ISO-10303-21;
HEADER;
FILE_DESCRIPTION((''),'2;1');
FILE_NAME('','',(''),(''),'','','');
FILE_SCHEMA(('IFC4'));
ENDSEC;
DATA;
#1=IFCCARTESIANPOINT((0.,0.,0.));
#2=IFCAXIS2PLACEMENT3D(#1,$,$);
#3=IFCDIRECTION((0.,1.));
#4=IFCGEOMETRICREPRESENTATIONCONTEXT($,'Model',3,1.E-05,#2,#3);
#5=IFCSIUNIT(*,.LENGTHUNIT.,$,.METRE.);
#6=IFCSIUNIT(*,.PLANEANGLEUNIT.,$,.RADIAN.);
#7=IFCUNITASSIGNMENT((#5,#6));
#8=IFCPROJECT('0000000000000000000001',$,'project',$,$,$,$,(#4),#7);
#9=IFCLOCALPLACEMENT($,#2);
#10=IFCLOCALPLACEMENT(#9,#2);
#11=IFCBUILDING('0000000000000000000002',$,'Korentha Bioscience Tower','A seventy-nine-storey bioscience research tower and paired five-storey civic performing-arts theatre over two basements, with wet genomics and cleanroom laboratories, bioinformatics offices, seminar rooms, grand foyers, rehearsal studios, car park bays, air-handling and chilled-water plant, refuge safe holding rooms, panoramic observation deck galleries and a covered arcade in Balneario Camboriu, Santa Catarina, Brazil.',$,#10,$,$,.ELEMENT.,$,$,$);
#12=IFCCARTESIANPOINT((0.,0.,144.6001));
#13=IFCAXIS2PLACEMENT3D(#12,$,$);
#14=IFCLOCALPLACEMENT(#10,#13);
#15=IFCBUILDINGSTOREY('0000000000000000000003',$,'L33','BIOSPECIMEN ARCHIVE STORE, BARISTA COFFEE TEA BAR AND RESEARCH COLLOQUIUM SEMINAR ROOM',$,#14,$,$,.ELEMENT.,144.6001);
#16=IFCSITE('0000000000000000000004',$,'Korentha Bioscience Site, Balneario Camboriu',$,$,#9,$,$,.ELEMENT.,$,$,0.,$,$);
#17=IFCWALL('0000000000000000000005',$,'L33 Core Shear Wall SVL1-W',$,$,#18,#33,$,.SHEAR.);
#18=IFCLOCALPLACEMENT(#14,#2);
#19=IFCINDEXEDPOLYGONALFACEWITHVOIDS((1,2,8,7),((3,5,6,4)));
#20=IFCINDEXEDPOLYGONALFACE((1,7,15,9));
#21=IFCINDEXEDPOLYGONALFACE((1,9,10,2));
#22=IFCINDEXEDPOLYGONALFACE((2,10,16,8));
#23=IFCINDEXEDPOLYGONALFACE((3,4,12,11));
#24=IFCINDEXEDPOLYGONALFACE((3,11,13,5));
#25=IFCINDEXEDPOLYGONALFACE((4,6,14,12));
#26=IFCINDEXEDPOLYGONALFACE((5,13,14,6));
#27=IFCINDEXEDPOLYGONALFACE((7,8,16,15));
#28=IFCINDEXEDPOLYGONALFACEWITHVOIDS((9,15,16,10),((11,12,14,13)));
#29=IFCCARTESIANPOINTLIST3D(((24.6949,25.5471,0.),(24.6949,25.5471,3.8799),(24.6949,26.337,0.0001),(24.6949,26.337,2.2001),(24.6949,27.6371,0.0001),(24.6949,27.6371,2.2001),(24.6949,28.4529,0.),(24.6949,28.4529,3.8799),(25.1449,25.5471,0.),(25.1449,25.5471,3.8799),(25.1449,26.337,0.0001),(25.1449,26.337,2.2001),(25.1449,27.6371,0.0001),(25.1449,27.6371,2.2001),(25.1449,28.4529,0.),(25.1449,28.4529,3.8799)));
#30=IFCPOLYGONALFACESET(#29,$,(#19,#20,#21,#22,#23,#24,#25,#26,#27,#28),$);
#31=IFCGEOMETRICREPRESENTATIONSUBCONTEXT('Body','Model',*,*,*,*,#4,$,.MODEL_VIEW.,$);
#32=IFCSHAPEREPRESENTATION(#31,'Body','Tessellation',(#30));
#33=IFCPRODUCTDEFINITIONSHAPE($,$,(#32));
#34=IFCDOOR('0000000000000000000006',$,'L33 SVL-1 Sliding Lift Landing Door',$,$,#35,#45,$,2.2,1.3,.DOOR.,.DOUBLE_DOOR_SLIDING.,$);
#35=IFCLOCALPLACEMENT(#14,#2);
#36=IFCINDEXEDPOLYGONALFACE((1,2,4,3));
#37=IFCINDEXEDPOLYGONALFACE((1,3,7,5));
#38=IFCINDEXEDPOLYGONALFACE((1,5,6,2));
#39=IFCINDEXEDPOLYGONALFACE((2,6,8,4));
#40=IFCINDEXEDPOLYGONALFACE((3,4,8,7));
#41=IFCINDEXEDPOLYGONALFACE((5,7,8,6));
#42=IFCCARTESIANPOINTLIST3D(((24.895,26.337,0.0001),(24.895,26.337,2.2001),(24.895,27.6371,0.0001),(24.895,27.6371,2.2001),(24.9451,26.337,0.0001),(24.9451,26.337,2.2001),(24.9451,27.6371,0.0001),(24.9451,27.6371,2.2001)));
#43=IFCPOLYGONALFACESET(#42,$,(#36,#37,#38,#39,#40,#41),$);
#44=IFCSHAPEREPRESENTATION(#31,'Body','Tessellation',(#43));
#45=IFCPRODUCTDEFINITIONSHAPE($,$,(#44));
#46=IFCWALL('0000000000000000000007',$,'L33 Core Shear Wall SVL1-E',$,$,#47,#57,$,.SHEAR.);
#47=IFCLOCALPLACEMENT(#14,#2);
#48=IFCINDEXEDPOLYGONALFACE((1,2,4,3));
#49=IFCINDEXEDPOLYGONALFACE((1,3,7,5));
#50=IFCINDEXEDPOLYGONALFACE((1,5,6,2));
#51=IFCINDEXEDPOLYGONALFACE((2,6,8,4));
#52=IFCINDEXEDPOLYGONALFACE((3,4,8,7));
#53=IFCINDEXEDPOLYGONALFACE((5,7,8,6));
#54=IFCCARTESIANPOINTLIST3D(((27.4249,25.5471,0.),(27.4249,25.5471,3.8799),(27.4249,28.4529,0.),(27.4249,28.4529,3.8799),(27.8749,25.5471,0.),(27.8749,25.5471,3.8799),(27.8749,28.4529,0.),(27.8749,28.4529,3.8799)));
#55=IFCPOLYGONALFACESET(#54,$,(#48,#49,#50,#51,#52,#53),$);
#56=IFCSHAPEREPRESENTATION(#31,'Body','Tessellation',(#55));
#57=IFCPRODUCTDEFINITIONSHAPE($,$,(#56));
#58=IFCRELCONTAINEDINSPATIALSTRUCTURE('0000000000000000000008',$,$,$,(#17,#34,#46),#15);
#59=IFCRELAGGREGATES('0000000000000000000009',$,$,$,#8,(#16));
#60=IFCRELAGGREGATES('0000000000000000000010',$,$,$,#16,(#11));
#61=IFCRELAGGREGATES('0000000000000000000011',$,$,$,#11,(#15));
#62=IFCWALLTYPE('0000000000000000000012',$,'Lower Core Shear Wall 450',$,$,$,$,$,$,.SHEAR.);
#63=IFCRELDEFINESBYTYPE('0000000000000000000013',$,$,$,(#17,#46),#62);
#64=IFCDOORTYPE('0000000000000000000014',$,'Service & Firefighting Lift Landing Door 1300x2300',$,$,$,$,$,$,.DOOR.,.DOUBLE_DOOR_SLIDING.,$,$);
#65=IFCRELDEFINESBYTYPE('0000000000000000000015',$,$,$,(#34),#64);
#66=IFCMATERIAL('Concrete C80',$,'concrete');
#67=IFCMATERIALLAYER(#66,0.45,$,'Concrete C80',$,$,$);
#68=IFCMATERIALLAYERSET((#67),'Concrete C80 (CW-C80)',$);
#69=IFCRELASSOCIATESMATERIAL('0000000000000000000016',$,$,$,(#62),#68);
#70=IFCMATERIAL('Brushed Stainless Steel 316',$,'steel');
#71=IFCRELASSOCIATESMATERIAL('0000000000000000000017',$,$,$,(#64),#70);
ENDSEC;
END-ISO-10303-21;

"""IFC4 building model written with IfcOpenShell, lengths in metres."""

from ifc_helpers import new_model, si_unit, direction, frame, frame_2d, origin, place, context, subcontext, project, spatial, rectangle, extrude, material, layer, layer_set, type_object, element, fill, save


model = new_model("IFC4")

# Units and contexts
model_context = context("Model", 3, precision=1e-05, world=origin(), true_north=direction((0.0, 1.0)))
body_context = subcontext(model_context, "Body", "Model", "MODEL_VIEW")
ifc_project = project(units=[si_unit("LENGTHUNIT", "METRE"), si_unit("PLANEANGLEUNIT", "RADIAN")], contexts=[model_context])

# Site, building, storey
site_placement = place(None, origin())
site = spatial("IfcSite", under=ifc_project, at=site_placement, Name="Korentha Bioscience Site, Balneario Camboriu", CompositionType="ELEMENT", RefElevation=0.0)
building_placement = place(site_placement, origin())
building = spatial("IfcBuilding", under=site, at=building_placement, Name="Korentha Bioscience Tower", Description="A seventy-nine-storey bioscience research tower and paired five-storey civic performing-arts theatre over two basements, with wet genomics and cleanroom laboratories, bioinformatics offices, seminar rooms, grand foyers, rehearsal studios, car park bays, air-handling and chilled-water plant, refuge safe holding rooms, panoramic observation deck galleries and a covered arcade in Balneario Camboriu, Santa Catarina, Brazil.", CompositionType="ELEMENT")
storey_placement = place(building_placement, frame((0.0, 0.0, 144.6001)))
storey = spatial("IfcBuildingStorey", under=building, at=storey_placement, Name="L33", Description="BIOSPECIMEN ARCHIVE STORE, BARISTA COFFEE TEA BAR AND RESEARCH COLLOQUIUM SEMINAR ROOM", CompositionType="ELEMENT", Elevation=144.6001)

# Shared definitions
ifc_material_1 = material(Name="Concrete C80", Category="concrete")

# Shared definitions
ifc_layer_1 = layer(ifc_material_1, 0.45, Name="Concrete C80")
ifc_layer_set_1 = layer_set([ifc_layer_1], Name="Concrete C80 (CW-C80)")
wall_type_1 = type_object("IfcWallType", Name="Lower Core Shear Wall 450", PredefinedType="SHEAR", material=ifc_layer_set_1)

# Shared definitions
ifc_material_2 = material(Name="Brushed Stainless Steel 316", Category="steel")
door_type_1 = type_object("IfcDoorType", Name="Service & Firefighting Lift Landing Door 1300x2300", OperationType="DOUBLE_DOOR_SLIDING", PredefinedType="DOOR", material=ifc_material_2)

# Wall, opening, door
wall_1_placement = place(storey_placement, frame((24.9199, 25.5471, 0.0), z_axis=(0.0, 0.0, 1.0), x_axis=(0.0, 1.0, 0.0)))
wall_1 = element("IfcWall", 1, at=wall_1_placement, inside=storey, type_object=wall_type_1, Name="L33 Core Shear Wall SVL1-W", PredefinedType="SHEAR", context=body_context, shape_type="SweptSolid", body=[
    extrude(rectangle(XDim=2.9058, YDim=0.45, at=frame_2d((1.4529, 0.0))), origin(), (0.0, 0.0, 1.0), 3.8799),
])
opening_1_placement = place(wall_1_placement, frame((0.79, 0.0, 0.0)))
opening_1 = element("IfcOpeningElement", 2, at=opening_1_placement, cuts=wall_1, PredefinedType="OPENING", context=body_context, shape_type="SweptSolid", body=[
    extrude(rectangle(XDim=1.3, YDim=2.2, at=frame_2d((0.6499, 1.1001))), frame((0.0, 0.2397, 0.0), z_axis=(0.0, -1.0, 0.0), x_axis=(1.0, 0.0, 0.0)), (0.0, 0.0, 1.0), 0.4797),
])
door_1_placement = place(opening_1_placement, origin())
door_1 = element("IfcDoor", 3, at=door_1_placement, inside=storey, type_object=door_type_1, Name="L33 SVL-1 Sliding Lift Landing Door", OperationType="DOUBLE_DOOR_SLIDING", OverallHeight=2.2, OverallWidth=1.3, PredefinedType="DOOR", context=body_context, shape_type="SweptSolid", body=[
    extrude(rectangle(XDim=1.3, YDim=2.2, at=frame_2d((0.6499, 1.1001))), frame((0.0, 0.0249, 0.0), z_axis=(0.0, -1.0, 0.0), x_axis=(1.0, 0.0, 0.0)), (0.0, 0.0, 1.0), 0.05),
])
fill(opening_1, door_1)

# Wall
wall_2_placement = place(storey_placement, frame((27.6499, 25.5471, 0.0), z_axis=(0.0, 0.0, 1.0), x_axis=(0.0, 1.0, 0.0)))
element("IfcWall", 4, at=wall_2_placement, inside=storey, type_object=wall_type_1, Name="L33 Core Shear Wall SVL1-E", PredefinedType="SHEAR", context=body_context, shape_type="SweptSolid", body=[
    extrude(rectangle(XDim=2.9058, YDim=0.45, at=frame_2d((1.4529, 0.0))), origin(), (0.0, 0.0, 1.0), 3.8799),
])

save(model, "model.ifc")
